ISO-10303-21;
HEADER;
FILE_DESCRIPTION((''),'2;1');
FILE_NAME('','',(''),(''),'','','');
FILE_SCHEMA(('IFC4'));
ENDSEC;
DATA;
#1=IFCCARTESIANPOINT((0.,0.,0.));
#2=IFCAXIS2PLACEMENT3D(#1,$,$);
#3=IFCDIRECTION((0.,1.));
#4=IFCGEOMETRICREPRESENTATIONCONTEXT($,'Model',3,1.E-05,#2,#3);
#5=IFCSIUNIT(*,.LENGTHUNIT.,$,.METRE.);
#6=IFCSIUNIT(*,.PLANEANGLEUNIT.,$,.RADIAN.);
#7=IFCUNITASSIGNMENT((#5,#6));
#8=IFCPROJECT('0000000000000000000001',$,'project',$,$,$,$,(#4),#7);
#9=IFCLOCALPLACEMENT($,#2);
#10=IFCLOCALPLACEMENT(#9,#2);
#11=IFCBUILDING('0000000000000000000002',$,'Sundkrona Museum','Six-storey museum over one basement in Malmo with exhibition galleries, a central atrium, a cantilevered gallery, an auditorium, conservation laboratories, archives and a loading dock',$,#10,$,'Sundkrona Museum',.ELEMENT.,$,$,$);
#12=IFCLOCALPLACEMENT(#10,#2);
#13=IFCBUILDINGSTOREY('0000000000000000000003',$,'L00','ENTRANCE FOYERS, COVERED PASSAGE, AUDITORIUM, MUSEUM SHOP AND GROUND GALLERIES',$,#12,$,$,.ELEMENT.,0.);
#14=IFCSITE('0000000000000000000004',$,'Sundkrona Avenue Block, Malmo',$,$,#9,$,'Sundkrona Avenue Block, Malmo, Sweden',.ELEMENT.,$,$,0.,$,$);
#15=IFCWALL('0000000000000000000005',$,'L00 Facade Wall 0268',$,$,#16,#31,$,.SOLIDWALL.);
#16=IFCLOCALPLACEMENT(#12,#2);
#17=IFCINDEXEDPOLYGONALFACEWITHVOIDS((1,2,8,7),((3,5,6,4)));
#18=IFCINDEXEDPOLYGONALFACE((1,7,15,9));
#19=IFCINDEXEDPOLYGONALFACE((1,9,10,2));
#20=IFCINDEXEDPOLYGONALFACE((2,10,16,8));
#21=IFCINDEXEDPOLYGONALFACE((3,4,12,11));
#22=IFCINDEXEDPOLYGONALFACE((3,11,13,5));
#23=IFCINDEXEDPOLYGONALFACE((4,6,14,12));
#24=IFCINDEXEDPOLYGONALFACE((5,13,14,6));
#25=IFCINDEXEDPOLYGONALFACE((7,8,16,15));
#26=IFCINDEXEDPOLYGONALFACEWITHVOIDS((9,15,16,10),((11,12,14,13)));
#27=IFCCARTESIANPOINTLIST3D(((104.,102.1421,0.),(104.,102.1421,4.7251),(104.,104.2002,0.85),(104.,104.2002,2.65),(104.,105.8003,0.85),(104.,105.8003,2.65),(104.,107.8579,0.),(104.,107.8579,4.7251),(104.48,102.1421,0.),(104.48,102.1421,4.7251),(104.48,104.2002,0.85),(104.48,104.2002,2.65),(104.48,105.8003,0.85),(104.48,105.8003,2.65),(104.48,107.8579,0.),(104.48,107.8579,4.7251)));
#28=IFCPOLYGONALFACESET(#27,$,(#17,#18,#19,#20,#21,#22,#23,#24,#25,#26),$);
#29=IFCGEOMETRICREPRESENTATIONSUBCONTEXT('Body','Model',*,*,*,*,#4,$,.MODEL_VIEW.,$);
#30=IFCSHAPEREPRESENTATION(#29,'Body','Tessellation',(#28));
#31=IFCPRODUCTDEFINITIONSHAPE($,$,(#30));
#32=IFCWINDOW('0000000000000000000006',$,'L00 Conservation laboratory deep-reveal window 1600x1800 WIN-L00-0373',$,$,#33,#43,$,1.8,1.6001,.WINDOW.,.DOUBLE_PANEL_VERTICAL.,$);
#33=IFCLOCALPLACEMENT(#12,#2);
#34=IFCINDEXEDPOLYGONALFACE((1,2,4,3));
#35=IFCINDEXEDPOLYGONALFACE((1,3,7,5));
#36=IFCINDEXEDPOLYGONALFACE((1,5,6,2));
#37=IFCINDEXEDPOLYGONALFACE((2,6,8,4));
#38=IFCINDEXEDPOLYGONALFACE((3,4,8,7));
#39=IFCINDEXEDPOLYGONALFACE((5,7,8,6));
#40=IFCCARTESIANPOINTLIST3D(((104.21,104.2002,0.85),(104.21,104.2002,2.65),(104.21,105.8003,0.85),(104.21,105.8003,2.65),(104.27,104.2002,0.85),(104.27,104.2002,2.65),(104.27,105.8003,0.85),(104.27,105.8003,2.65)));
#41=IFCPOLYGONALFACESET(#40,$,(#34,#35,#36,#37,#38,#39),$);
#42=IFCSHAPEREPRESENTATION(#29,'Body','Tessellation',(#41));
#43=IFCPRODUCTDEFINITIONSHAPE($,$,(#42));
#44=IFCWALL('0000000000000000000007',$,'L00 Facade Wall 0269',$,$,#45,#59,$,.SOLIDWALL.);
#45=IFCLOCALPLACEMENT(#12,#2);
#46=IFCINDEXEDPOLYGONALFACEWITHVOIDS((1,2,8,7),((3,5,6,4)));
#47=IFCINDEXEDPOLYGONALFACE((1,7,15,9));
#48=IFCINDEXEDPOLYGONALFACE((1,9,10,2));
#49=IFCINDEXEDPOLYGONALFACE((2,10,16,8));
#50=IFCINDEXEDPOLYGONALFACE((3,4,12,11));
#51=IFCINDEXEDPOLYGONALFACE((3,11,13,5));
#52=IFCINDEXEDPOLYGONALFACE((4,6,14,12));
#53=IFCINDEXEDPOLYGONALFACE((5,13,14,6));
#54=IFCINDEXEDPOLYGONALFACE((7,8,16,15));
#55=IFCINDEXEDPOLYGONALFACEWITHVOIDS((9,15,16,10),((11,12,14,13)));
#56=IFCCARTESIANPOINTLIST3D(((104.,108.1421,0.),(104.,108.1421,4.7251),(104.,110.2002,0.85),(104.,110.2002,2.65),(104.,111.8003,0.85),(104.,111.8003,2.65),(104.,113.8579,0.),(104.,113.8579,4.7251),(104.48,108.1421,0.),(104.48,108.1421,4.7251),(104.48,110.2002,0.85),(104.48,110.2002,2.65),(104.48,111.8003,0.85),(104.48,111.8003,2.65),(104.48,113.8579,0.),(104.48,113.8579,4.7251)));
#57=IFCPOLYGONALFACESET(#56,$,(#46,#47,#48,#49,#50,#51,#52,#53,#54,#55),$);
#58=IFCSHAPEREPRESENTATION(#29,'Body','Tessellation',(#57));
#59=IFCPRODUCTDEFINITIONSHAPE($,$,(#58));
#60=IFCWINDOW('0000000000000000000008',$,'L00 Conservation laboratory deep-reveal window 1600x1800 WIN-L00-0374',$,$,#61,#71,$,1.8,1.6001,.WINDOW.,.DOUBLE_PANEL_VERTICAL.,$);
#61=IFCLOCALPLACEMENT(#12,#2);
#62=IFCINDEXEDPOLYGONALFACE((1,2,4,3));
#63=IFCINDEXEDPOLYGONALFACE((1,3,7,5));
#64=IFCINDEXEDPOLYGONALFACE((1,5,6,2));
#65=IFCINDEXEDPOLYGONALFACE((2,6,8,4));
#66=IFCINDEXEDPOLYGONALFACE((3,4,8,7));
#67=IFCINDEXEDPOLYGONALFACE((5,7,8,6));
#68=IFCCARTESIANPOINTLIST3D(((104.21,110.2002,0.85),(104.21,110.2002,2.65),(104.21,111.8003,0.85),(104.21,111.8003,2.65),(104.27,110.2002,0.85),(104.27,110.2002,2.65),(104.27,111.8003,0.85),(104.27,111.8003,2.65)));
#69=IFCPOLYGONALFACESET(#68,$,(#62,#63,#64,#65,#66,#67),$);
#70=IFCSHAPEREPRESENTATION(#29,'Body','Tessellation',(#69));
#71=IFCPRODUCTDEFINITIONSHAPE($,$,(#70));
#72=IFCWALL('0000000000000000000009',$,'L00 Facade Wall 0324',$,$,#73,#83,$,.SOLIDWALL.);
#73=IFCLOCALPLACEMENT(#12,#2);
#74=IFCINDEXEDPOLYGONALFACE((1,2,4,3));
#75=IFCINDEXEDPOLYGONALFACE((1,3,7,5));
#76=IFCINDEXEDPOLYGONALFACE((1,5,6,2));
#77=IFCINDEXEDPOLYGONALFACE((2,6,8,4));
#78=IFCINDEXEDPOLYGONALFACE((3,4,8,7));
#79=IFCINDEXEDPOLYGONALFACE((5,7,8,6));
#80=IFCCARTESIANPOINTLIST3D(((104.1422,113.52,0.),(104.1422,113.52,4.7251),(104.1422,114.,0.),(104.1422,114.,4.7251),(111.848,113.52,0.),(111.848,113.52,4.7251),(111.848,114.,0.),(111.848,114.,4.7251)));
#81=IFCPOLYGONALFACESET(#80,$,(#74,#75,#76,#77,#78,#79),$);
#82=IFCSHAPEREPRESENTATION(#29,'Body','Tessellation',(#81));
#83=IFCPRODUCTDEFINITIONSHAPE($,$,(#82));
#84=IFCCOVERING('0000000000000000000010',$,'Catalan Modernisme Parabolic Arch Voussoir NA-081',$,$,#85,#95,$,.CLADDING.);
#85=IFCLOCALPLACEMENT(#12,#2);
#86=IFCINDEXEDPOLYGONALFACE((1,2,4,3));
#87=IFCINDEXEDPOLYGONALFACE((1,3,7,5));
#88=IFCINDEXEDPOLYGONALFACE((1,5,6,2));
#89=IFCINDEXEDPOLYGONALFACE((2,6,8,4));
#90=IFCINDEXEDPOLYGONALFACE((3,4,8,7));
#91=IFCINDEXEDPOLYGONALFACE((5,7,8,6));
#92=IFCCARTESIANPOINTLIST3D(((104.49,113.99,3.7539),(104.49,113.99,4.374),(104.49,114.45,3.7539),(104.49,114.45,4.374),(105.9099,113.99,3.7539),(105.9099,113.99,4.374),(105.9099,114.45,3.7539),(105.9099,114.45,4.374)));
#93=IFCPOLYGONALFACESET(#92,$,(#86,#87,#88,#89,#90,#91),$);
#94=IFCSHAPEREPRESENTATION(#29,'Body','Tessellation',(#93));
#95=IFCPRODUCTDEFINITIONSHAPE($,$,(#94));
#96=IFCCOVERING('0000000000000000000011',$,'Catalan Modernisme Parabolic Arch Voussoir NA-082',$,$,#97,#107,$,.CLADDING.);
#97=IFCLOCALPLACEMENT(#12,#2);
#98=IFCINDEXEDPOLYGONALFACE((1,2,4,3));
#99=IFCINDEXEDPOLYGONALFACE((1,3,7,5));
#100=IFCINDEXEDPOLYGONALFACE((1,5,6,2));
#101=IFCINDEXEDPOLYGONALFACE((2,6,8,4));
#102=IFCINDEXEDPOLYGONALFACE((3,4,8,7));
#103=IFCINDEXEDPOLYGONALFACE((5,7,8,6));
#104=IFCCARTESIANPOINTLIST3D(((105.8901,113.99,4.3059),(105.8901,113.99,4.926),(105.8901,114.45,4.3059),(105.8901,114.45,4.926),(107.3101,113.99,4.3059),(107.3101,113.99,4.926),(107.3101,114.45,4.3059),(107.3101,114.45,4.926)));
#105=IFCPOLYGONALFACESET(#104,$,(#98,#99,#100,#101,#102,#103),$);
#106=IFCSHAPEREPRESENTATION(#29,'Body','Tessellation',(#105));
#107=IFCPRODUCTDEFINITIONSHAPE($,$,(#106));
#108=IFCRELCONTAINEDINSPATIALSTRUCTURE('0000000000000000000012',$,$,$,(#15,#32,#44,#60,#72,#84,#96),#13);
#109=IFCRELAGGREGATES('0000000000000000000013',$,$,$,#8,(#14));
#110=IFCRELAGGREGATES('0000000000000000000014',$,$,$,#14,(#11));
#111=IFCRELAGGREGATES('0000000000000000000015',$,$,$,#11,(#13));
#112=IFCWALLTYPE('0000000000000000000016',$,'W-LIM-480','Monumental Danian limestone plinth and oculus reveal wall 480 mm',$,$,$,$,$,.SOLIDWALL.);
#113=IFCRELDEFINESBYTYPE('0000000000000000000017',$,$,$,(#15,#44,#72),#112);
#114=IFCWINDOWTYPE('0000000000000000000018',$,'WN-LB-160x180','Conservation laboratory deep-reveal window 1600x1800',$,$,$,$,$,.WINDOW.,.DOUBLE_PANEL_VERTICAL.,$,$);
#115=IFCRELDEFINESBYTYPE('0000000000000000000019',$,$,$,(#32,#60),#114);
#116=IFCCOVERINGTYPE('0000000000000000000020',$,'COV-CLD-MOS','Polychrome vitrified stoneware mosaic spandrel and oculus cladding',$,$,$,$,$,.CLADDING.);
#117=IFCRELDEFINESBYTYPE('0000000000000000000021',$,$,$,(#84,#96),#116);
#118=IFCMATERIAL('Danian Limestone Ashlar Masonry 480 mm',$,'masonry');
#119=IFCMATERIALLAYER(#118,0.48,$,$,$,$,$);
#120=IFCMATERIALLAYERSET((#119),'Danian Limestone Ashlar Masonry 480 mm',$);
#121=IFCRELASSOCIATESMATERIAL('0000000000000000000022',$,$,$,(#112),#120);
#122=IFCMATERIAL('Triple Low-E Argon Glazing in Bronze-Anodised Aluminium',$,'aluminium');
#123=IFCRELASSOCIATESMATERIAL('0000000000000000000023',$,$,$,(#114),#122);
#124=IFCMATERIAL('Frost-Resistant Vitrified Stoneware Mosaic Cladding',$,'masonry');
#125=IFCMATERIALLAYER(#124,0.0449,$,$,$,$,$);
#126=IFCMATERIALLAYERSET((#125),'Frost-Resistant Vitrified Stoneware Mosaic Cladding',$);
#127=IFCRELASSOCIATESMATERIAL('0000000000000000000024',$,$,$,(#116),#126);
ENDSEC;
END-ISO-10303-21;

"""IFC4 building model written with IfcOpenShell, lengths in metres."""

from ifc_helpers import new_model, si_unit, direction, frame, frame_2d, origin, origin_2d, place, context, subcontext, project, spatial, rectangle, extrude, material, layer, layer_set, type_object, element, fill, save


model = new_model("IFC4")

# Units and contexts
model_context = context("Model", 3, precision=1e-05, world=origin(), true_north=direction((0.0, 1.0)))
body_context = subcontext(model_context, "Body", "Model", "MODEL_VIEW")
ifc_project = project(units=[si_unit("LENGTHUNIT", "METRE"), si_unit("PLANEANGLEUNIT", "RADIAN")], contexts=[model_context])

# Site, building, storey
site_placement = place(None, origin())
site = spatial("IfcSite", under=ifc_project, at=site_placement, Name="Sundkrona Avenue Block, Malmo", LongName="Sundkrona Avenue Block, Malmo, Sweden", CompositionType="ELEMENT", RefElevation=0.0)
building_placement = place(site_placement, origin())
building = spatial("IfcBuilding", under=site, at=building_placement, Name="Sundkrona Museum", Description="Six-storey museum over one basement in Malmo with exhibition galleries, a central atrium, a cantilevered gallery, an auditorium, conservation laboratories, archives and a loading dock", LongName="Sundkrona Museum", CompositionType="ELEMENT")
storey_placement = place(building_placement, origin())
storey = spatial("IfcBuildingStorey", under=building, at=storey_placement, Name="L00", Description="ENTRANCE FOYERS, COVERED PASSAGE, AUDITORIUM, MUSEUM SHOP AND GROUND GALLERIES", CompositionType="ELEMENT", Elevation=0.0)

# Walls, openings, windows
ifc_material_1 = material(Name="Danian Limestone Ashlar Masonry 480 mm", Category="masonry")
ifc_layer_1 = layer(ifc_material_1, 0.48)
ifc_layer_set_1 = layer_set([ifc_layer_1], Name="Danian Limestone Ashlar Masonry 480 mm")
wall_type = type_object("IfcWallType", Name="W-LIM-480", Description="Monumental Danian limestone plinth and oculus reveal wall 480 mm", PredefinedType="SOLIDWALL", material=ifc_layer_set_1)
wall_1_placement = place(storey_placement, frame((104.24, 102.1421, 0.0), z_axis=(0.0, 0.0, 1.0), x_axis=(0.0, 1.0, 0.0)))
wall_1 = element("IfcWall", 1, at=wall_1_placement, inside=storey, type_object=wall_type, Name="L00 Facade Wall 0268", PredefinedType="SOLIDWALL", context=body_context, shape_type="SweptSolid", body=[
    extrude(rectangle(XDim=5.7158, YDim=0.48, at=frame_2d((2.8579, 0.0))), origin(), (0.0, 0.0, 1.0), 4.7251),
])
opening_1_placement = place(wall_1_placement, frame((2.0581, 0.0, 0.8501)))
opening_1 = element("IfcOpeningElement", 2, at=opening_1_placement, cuts=wall_1, PredefinedType="OPENING", context=body_context, shape_type="SweptSolid", body=[
    extrude(rectangle(XDim=1.6001, YDim=1.8, at=frame_2d((0.8, 0.8999))), frame((0.0, 0.25, 0.0), z_axis=(0.0, -1.0, 0.0), x_axis=(1.0, 0.0, 0.0)), (0.0, 0.0, 1.0), 0.5),
])
ifc_material_2 = material(Name="Triple Low-E Argon Glazing in Bronze-Anodised Aluminium", Category="aluminium")
window_type = type_object("IfcWindowType", Name="WN-LB-160x180", Description="Conservation laboratory deep-reveal window 1600x1800", PartitioningType="DOUBLE_PANEL_VERTICAL", PredefinedType="WINDOW", material=ifc_material_2)
window_1_placement = place(opening_1_placement, origin())
window_1 = element("IfcWindow", 3, at=window_1_placement, inside=storey, type_object=window_type, Name="L00 Conservation laboratory deep-reveal window 1600x1800 WIN-L00-0373", OverallHeight=1.8, OverallWidth=1.6001, PartitioningType="DOUBLE_PANEL_VERTICAL", PredefinedType="WINDOW", context=body_context, shape_type="SweptSolid", body=[
    extrude(rectangle(XDim=1.6001, YDim=1.8, at=frame_2d((0.8, 0.8999))), frame((0.0, 0.03, 0.0), z_axis=(0.0, -1.0, 0.0), x_axis=(1.0, 0.0, 0.0)), (0.0, 0.0, 1.0), 0.0601),
])
fill(opening_1, window_1)
wall_2_placement = place(storey_placement, frame((104.24, 108.1421, 0.0), z_axis=(0.0, 0.0, 1.0), x_axis=(0.0, 1.0, 0.0)))
wall_2 = element("IfcWall", 4, at=wall_2_placement, inside=storey, type_object=wall_type, Name="L00 Facade Wall 0269", PredefinedType="SOLIDWALL", context=body_context, shape_type="SweptSolid", body=[
    extrude(rectangle(XDim=5.7158, YDim=0.48, at=frame_2d((2.8579, 0.0))), origin(), (0.0, 0.0, 1.0), 4.7251),
])
opening_2_placement = place(wall_2_placement, frame((2.0581, 0.0, 0.8501)))
opening_2 = element("IfcOpeningElement", 5, at=opening_2_placement, cuts=wall_2, PredefinedType="OPENING", context=body_context, shape_type="SweptSolid", body=[
    extrude(rectangle(XDim=1.6001, YDim=1.8, at=frame_2d((0.8, 0.8999))), frame((0.0, 0.25, 0.0), z_axis=(0.0, -1.0, 0.0), x_axis=(1.0, 0.0, 0.0)), (0.0, 0.0, 1.0), 0.5),
])
window_2_placement = place(opening_2_placement, origin())
window_2 = element("IfcWindow", 6, at=window_2_placement, inside=storey, type_object=window_type, Name="L00 Conservation laboratory deep-reveal window 1600x1800 WIN-L00-0374", OverallHeight=1.8, OverallWidth=1.6001, PartitioningType="DOUBLE_PANEL_VERTICAL", PredefinedType="WINDOW", context=body_context, shape_type="SweptSolid", body=[
    extrude(rectangle(XDim=1.6001, YDim=1.8, at=frame_2d((0.8, 0.8999))), frame((0.0, 0.03, 0.0), z_axis=(0.0, -1.0, 0.0), x_axis=(1.0, 0.0, 0.0)), (0.0, 0.0, 1.0), 0.0601),
])
fill(opening_2, window_2)

# Wall
wall_3_placement = place(storey_placement, frame((104.1421, 113.76, 0.0), z_axis=(0.0, 0.0, 1.0), x_axis=(1.0, 0.0, 0.0)))
element("IfcWall", 7, at=wall_3_placement, inside=storey, type_object=wall_type, Name="L00 Facade Wall 0324", PredefinedType="SOLIDWALL", context=body_context, shape_type="SweptSolid", body=[
    extrude(rectangle(XDim=7.7058, YDim=0.48, at=frame_2d((3.853, 0.0))), origin(), (0.0, 0.0, 1.0), 4.7251),
])

# Coverings
ifc_material_3 = material(Name="Frost-Resistant Vitrified Stoneware Mosaic Cladding", Category="masonry")
ifc_layer_2 = layer(ifc_material_3, 0.0449)
ifc_layer_set_2 = layer_set([ifc_layer_2], Name="Frost-Resistant Vitrified Stoneware Mosaic Cladding")
covering_type = type_object("IfcCoveringType", Name="COV-CLD-MOS", Description="Polychrome vitrified stoneware mosaic spandrel and oculus cladding", PredefinedType="CLADDING", material=ifc_layer_set_2)
for number, where, z_axis, x_axis, name in (
    (8, (105.2, 114.22, 3.7539), (0.0, 0.0, 1.0), (1.0, 0.0, 0.0), "Catalan Modernisme Parabolic Arch Voussoir NA-081"),
    (9, (106.6001, 114.22, 4.3059), (0.0, 0.0, 1.0), (1.0, 0.0, 0.0), "Catalan Modernisme Parabolic Arch Voussoir NA-082"),
):
    element("IfcCovering", number, at=place(storey_placement, frame(where, z_axis=z_axis, x_axis=x_axis)), inside=storey, type_object=covering_type, Name=name, PredefinedType="CLADDING", context=body_context, shape_type="SweptSolid", body=[
        extrude(rectangle(XDim=1.4199, YDim=0.46, at=origin_2d()), origin(), (0.0, 0.0, 1.0), 0.6201),
    ])

save(model, "model.ifc")
